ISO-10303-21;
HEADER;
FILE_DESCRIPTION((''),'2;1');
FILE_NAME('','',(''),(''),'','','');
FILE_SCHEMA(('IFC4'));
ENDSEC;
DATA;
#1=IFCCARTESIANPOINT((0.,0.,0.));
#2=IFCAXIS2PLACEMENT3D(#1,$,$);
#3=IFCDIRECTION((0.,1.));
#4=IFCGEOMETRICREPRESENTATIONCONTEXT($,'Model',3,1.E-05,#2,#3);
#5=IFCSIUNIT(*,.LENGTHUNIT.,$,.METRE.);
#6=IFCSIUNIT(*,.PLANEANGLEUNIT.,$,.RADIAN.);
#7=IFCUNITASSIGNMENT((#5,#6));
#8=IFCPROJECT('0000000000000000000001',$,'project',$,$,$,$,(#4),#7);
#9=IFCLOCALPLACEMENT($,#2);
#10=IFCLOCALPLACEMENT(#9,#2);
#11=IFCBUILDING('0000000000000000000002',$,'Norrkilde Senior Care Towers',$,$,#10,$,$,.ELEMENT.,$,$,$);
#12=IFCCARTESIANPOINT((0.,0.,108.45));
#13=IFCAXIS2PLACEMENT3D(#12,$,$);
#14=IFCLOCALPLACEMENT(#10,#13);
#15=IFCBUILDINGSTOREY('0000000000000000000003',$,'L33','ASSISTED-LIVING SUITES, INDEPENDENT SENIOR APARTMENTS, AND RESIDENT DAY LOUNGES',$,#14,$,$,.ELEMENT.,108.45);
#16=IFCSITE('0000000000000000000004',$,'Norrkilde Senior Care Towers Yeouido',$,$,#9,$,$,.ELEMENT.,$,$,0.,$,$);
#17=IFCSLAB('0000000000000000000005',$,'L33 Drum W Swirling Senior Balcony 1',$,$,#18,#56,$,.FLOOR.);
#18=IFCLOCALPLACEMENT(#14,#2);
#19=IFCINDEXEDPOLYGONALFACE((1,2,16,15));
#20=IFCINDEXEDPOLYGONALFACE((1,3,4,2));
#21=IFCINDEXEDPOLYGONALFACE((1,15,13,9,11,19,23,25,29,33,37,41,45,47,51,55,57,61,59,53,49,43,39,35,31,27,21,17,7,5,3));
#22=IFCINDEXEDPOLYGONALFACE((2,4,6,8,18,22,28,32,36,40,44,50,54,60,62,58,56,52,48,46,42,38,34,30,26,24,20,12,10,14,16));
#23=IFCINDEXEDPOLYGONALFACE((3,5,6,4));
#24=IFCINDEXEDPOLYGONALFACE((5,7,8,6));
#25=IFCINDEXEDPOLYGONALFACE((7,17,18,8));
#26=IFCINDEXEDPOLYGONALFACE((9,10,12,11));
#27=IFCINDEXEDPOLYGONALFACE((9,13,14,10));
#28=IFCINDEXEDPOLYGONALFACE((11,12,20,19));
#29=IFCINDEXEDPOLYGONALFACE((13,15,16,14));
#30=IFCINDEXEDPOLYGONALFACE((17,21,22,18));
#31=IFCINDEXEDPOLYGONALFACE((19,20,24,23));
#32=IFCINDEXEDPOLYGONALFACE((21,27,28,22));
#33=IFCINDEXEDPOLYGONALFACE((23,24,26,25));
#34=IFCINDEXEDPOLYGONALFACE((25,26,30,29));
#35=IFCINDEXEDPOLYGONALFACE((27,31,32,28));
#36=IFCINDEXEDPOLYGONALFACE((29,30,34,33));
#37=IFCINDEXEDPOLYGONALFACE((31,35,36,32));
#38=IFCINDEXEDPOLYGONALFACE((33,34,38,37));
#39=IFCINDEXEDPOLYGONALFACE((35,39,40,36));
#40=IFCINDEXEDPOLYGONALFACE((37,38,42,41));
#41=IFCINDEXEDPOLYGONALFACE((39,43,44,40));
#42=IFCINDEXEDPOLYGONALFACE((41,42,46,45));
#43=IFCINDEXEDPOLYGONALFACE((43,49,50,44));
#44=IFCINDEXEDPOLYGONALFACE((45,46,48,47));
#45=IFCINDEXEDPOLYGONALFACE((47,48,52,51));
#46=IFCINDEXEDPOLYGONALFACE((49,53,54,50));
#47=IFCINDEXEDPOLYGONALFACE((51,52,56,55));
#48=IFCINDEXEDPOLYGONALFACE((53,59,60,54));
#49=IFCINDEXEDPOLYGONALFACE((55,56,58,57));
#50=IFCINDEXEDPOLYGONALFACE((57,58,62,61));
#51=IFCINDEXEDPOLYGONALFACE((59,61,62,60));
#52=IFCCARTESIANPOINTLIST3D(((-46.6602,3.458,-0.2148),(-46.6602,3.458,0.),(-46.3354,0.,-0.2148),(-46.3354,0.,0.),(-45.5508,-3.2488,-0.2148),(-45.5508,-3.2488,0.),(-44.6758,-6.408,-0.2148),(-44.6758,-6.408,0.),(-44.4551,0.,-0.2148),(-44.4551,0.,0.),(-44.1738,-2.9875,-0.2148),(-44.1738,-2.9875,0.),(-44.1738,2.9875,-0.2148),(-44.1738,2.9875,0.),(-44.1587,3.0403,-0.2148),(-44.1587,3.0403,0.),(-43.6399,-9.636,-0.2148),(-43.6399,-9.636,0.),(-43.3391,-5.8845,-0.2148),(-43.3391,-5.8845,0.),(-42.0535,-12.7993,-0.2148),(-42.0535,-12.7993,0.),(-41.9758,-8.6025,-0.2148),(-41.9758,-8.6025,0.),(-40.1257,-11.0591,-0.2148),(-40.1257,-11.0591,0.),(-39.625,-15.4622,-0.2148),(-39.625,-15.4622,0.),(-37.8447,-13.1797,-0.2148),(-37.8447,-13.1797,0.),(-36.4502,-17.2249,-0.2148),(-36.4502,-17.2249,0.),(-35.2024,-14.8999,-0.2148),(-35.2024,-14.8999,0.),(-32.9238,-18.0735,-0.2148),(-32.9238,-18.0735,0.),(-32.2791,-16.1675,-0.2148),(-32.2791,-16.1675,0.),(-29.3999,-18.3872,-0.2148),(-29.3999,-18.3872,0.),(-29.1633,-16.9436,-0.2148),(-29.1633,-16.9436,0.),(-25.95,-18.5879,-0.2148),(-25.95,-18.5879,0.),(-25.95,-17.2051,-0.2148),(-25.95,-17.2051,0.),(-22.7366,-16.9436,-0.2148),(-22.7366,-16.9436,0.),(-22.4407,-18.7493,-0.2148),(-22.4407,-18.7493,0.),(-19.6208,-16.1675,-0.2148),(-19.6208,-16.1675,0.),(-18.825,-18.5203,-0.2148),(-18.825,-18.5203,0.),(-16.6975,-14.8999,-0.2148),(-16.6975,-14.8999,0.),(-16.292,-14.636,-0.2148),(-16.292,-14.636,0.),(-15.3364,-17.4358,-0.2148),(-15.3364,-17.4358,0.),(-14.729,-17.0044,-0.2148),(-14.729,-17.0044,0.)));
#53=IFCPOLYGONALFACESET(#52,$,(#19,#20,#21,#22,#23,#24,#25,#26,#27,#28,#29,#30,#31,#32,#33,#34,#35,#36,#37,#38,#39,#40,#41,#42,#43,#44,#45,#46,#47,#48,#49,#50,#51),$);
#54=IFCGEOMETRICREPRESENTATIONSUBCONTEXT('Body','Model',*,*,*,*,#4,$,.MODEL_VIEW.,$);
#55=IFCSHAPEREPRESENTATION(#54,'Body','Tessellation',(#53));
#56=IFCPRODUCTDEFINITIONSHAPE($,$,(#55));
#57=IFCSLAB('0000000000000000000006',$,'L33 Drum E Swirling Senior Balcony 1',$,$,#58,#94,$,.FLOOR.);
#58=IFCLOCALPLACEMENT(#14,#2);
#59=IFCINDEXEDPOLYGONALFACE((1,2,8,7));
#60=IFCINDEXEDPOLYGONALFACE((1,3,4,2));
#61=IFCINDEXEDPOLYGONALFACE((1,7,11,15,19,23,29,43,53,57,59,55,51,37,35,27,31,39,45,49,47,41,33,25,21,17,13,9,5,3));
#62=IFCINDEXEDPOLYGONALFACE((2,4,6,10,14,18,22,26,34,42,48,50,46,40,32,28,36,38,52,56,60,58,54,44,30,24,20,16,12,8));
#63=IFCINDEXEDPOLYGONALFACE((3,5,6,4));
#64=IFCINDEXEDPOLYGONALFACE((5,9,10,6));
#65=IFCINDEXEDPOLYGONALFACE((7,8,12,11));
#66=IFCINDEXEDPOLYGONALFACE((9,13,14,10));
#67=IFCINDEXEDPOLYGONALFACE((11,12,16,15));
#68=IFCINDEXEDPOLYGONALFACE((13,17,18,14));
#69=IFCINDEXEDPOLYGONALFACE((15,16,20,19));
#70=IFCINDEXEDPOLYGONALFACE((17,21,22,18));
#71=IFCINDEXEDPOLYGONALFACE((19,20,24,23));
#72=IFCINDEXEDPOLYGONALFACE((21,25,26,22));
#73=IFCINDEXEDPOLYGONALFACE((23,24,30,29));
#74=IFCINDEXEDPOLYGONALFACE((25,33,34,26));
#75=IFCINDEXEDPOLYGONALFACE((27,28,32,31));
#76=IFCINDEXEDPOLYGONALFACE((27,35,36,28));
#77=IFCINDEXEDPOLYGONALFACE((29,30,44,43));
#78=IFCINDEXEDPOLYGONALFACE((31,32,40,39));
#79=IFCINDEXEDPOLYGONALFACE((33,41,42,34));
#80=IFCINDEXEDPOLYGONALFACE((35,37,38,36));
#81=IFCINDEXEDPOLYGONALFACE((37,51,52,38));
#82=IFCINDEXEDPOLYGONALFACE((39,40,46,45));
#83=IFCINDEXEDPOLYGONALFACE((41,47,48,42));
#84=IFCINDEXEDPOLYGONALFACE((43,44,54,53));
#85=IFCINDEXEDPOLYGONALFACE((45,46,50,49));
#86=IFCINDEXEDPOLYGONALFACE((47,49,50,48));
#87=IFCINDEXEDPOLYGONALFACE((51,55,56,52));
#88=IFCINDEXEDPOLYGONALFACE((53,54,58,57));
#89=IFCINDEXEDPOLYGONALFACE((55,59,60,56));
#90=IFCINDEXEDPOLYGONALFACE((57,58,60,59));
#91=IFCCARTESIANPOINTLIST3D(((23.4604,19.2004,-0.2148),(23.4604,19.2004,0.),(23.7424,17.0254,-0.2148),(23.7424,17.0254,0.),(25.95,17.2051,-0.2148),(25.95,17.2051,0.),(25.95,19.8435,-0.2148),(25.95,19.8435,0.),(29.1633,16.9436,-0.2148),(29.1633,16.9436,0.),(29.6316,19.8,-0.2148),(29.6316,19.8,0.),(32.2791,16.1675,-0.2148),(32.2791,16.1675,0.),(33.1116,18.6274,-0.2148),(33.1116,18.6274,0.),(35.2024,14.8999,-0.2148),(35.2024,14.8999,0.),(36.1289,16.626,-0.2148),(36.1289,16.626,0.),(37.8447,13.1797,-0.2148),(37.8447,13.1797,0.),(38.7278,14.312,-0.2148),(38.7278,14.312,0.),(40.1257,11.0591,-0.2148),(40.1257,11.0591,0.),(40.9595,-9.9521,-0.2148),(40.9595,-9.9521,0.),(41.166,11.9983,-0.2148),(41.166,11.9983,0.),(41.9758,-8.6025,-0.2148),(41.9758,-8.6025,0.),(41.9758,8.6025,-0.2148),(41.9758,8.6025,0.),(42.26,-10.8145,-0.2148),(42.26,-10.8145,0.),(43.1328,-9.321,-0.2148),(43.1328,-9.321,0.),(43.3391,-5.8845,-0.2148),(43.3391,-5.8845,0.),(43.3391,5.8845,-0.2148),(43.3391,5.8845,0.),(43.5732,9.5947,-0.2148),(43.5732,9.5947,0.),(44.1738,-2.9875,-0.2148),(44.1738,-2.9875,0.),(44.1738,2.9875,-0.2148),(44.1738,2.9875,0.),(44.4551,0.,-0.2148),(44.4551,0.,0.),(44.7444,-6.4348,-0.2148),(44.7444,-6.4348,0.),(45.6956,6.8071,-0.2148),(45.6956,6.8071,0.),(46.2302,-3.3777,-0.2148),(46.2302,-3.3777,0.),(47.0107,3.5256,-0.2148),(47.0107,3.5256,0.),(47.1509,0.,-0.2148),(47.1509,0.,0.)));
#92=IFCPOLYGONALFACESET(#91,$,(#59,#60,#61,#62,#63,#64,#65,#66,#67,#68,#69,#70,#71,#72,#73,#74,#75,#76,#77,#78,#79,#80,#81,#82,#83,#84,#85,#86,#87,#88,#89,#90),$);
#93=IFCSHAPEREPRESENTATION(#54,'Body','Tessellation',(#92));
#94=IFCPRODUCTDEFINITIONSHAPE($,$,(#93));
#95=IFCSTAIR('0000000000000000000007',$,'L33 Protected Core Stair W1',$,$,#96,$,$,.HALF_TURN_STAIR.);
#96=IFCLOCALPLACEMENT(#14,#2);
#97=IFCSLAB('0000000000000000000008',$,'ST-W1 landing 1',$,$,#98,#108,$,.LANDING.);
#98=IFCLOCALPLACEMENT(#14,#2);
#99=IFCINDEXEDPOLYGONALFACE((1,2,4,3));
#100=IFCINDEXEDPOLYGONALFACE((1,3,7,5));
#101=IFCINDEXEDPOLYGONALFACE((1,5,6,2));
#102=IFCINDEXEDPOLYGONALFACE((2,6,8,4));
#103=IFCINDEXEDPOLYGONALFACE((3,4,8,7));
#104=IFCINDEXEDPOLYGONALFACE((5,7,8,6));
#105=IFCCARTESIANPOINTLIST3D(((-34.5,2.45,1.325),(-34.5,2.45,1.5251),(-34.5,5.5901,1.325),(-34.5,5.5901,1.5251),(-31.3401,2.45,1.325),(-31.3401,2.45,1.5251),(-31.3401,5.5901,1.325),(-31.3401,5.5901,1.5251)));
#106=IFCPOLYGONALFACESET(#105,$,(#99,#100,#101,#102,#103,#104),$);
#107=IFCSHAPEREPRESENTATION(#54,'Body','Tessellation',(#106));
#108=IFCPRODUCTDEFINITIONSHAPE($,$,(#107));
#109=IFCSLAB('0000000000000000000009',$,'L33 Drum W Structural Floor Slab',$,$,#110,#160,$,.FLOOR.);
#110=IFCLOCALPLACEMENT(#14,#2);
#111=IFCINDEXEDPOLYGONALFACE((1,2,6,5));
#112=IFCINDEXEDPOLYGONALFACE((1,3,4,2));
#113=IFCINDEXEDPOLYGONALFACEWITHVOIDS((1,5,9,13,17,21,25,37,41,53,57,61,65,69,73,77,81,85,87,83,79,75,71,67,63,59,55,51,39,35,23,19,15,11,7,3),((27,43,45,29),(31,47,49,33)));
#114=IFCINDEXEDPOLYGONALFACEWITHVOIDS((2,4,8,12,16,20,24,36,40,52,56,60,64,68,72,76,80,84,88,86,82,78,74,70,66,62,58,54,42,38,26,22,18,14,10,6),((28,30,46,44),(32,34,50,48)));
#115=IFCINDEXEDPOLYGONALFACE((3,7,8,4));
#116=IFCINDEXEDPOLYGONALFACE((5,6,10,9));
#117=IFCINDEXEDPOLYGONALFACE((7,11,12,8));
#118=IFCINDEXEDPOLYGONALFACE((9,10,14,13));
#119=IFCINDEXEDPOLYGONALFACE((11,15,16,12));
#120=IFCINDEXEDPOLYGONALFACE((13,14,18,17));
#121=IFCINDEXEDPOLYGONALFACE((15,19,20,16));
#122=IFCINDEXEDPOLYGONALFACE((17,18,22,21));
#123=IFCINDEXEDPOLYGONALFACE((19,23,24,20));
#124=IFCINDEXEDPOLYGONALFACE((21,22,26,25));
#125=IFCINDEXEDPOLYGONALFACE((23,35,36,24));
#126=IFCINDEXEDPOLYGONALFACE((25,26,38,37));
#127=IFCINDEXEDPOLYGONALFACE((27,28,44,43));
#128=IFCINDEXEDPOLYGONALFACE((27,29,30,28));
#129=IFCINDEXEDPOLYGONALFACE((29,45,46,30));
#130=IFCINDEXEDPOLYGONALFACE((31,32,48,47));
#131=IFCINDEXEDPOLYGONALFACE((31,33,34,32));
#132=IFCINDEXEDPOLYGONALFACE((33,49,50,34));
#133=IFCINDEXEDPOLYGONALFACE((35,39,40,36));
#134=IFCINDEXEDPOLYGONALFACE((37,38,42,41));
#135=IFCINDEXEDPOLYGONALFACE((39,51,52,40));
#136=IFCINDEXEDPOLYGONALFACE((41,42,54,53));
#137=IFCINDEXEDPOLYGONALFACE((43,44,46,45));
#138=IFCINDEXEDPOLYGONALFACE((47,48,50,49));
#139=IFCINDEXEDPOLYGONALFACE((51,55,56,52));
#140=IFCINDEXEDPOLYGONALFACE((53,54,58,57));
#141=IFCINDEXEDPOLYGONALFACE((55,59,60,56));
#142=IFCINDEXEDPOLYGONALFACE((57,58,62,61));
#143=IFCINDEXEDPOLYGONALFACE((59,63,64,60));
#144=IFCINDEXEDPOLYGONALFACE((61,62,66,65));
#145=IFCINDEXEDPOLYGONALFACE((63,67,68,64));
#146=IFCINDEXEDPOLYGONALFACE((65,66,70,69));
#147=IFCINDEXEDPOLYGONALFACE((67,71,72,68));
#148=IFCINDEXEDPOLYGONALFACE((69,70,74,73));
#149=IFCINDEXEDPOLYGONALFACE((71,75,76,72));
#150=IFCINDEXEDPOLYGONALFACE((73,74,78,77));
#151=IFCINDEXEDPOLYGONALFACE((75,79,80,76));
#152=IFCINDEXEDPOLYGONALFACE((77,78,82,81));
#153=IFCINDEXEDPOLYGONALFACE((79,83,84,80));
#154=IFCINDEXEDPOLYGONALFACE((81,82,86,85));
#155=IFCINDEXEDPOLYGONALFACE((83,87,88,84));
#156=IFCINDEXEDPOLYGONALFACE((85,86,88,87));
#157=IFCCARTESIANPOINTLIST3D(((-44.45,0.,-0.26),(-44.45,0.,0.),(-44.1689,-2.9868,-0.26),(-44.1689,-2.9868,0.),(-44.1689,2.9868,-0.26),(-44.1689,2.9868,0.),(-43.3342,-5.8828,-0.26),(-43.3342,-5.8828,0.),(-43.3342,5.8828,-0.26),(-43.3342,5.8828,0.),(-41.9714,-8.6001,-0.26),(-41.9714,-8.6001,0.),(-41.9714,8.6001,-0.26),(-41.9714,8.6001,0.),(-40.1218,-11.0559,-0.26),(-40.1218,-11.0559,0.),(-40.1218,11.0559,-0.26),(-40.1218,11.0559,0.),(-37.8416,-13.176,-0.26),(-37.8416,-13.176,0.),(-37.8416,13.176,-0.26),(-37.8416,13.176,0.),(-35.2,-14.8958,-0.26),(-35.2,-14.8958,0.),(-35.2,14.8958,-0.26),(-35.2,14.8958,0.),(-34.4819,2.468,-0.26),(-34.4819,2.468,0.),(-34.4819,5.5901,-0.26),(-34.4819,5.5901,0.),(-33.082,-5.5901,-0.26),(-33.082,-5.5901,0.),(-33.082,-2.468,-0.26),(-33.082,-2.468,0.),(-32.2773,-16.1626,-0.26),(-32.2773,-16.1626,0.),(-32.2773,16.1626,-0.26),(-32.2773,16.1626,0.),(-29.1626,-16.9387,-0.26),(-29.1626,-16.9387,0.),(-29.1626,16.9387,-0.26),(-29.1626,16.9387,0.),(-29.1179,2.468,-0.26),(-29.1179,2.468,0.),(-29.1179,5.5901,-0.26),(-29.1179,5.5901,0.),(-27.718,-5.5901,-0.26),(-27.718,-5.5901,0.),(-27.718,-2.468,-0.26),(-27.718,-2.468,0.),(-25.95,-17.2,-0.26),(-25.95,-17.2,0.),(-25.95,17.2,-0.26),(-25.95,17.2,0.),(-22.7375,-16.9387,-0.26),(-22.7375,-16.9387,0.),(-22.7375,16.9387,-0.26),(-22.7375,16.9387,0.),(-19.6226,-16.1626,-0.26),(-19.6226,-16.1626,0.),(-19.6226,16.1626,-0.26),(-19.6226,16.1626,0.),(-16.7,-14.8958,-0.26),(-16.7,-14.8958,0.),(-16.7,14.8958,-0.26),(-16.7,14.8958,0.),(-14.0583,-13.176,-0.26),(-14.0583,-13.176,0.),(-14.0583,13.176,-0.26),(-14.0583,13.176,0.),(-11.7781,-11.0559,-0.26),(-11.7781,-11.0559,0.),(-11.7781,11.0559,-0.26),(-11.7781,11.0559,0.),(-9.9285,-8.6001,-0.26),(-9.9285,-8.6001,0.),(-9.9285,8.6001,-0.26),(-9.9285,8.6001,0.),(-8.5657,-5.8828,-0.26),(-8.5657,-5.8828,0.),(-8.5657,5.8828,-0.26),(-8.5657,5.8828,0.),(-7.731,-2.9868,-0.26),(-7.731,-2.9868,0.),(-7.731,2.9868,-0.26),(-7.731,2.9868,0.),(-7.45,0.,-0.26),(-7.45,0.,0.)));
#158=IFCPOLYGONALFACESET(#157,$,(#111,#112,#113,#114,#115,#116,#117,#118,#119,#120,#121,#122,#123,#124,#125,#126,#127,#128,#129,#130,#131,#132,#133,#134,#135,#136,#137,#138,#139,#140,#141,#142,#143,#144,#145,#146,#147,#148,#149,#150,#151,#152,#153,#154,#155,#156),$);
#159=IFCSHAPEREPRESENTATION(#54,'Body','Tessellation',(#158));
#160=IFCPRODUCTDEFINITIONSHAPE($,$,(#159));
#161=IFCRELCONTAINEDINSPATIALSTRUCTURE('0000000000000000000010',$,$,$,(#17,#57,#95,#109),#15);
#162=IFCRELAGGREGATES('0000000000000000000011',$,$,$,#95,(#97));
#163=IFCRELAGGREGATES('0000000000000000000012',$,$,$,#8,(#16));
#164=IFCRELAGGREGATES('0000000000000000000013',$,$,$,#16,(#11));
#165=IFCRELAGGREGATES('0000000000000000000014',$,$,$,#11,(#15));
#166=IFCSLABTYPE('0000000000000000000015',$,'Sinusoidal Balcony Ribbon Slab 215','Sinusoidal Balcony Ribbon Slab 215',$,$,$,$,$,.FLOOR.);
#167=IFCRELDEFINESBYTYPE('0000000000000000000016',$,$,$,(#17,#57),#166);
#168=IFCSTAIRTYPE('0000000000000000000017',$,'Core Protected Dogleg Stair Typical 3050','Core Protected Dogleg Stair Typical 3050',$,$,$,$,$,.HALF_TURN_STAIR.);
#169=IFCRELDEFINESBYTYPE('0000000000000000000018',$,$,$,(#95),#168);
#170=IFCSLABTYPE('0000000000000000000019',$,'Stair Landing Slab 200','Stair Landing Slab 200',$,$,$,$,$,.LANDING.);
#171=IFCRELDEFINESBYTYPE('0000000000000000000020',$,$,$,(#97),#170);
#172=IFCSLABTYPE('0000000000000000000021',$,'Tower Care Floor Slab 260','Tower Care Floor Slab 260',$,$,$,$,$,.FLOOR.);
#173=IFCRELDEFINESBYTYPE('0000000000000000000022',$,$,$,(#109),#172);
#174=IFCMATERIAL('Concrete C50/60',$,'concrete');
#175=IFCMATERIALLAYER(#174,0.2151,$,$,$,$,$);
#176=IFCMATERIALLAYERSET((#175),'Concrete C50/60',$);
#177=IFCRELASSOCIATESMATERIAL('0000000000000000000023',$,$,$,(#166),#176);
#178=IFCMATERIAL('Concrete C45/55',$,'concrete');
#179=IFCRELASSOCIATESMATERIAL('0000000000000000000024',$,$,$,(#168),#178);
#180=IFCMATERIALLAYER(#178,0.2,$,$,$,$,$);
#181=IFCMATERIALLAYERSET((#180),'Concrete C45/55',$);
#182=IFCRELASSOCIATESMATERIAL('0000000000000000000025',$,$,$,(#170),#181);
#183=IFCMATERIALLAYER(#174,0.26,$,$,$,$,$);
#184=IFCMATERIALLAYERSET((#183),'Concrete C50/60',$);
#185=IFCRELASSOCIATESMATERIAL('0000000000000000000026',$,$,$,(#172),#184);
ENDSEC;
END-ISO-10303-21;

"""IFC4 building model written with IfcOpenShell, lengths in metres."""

from ifc_helpers import new_model, si_unit, direction, frame, origin, place, context, subcontext, project, spatial, polyline, outline, extrude, material, layer, layer_set, type_object, element, aggregate, save


model = new_model("IFC4")

# Units and contexts
model_context = context("Model", 3, precision=1e-05, world=origin(), true_north=direction((0.0, 1.0)))
body_context = subcontext(model_context, "Body", "Model", "MODEL_VIEW")
ifc_project = project(units=[si_unit("LENGTHUNIT", "METRE"), si_unit("PLANEANGLEUNIT", "RADIAN")], contexts=[model_context])

# Site, building, storey
site_placement = place(None, origin())
site = spatial("IfcSite", under=ifc_project, at=site_placement, Name="Norrkilde Senior Care Towers Yeouido", CompositionType="ELEMENT", RefElevation=0.0)
building_placement = place(site_placement, origin())
building = spatial("IfcBuilding", under=site, at=building_placement, Name="Norrkilde Senior Care Towers", CompositionType="ELEMENT")
storey_placement = place(building_placement, frame((0.0, 0.0, 108.45)))
storey = spatial("IfcBuildingStorey", under=building, at=storey_placement, Name="L33", Description="ASSISTED-LIVING SUITES, INDEPENDENT SENIOR APARTMENTS, AND RESIDENT DAY LOUNGES", CompositionType="ELEMENT", Elevation=108.45)

# Slabs
ifc_material_1 = material(Name="Concrete C50/60", Category="concrete")
ifc_layer_1 = layer(ifc_material_1, 0.2151)
ifc_layer_set_1 = layer_set([ifc_layer_1], Name="Concrete C50/60")
slab_type_1 = type_object("IfcSlabType", Name="Sinusoidal Balcony Ribbon Slab 215", Description="Sinusoidal Balcony Ribbon Slab 215", PredefinedType="FLOOR", material=ifc_layer_set_1)
slab_1_placement = place(storey_placement, frame((0.0, 0.0, -0.2148)))
element("IfcSlab", 1, at=slab_1_placement, inside=storey, type_object=slab_type_1, Name="L33 Drum W Swirling Senior Balcony 1", PredefinedType="FLOOR", context=body_context, shape_type="SweptSolid", body=[
    extrude(outline(polyline([(-18.825, -18.5203), (-22.4407, -18.7493), (-25.95, -18.5879), (-29.3999, -18.3872), (-32.9238, -18.0735), (-36.4502, -17.2249), (-39.625, -15.4622), (-42.0535, -12.7993), (-43.6399, -9.636), (-44.6758, -6.408), (-45.5508, -3.2488), (-46.3354, 0.0), (-46.6602, 3.458), (-44.1587, 3.0403), (-44.1738, 2.9875), (-44.4551, 0.0), (-44.1738, -2.9875), (-43.3391, -5.8845), (-41.9758, -8.6025), (-40.1257, -11.0591), (-37.8447, -13.1797), (-35.2024, -14.8999), (-32.2791, -16.1675), (-29.1633, -16.9436), (-25.95, -17.2051), (-22.7366, -16.9436), (-19.6208, -16.1675), (-16.6975, -14.8999), (-16.292, -14.636), (-14.729, -17.0044), (-15.3364, -17.4358), (-18.825, -18.5203)])), origin(), (0.0, 0.0, 1.0), 0.2148),
])
slab_2_placement = place(storey_placement, frame((0.0, 0.0, -0.2148)))
element("IfcSlab", 2, at=slab_2_placement, inside=storey, type_object=slab_type_1, Name="L33 Drum E Swirling Senior Balcony 1", PredefinedType="FLOOR", context=body_context, shape_type="SweptSolid", body=[
    extrude(outline(polyline([(43.1328, -9.321), (42.26, -10.8145), (40.9595, -9.9521), (41.9758, -8.6025), (43.3391, -5.8845), (44.1738, -2.9875), (44.4551, 0.0), (44.1738, 2.9875), (43.3391, 5.8845), (41.9758, 8.6025), (40.1257, 11.0591), (37.8447, 13.1797), (35.2024, 14.8999), (32.2791, 16.1675), (29.1633, 16.9436), (25.95, 17.2051), (23.7424, 17.0254), (23.4604, 19.2004), (25.95, 19.8435), (29.6316, 19.8), (33.1116, 18.6274), (36.1289, 16.626), (38.7278, 14.312), (41.166, 11.9983), (43.5732, 9.5947), (45.6956, 6.8071), (47.0107, 3.5256), (47.1509, 0.0), (46.2302, -3.3777), (44.7444, -6.4348), (43.1328, -9.321)])), origin(), (0.0, 0.0, 1.0), 0.2148),
])

# Stair, slab
ifc_material_2 = material(Name="Concrete C45/55", Category="concrete")
stair_type = type_object("IfcStairType", Name="Core Protected Dogleg Stair Typical 3050", Description="Core Protected Dogleg Stair Typical 3050", PredefinedType="HALF_TURN_STAIR", material=ifc_material_2)
stair_placement = place(storey_placement, origin())
stair = element("IfcStair", 3, at=stair_placement, inside=storey, type_object=stair_type, Name="L33 Protected Core Stair W1", PredefinedType="HALF_TURN_STAIR")
ifc_layer_2 = layer(ifc_material_2, 0.2)
ifc_layer_set_2 = layer_set([ifc_layer_2], Name="Concrete C45/55")
slab_type_2 = type_object("IfcSlabType", Name="Stair Landing Slab 200", Description="Stair Landing Slab 200", PredefinedType="LANDING", material=ifc_layer_set_2)
slab_3_placement = place(storey_placement, frame((0.0, 0.0, 1.325)))
slab_3 = element("IfcSlab", 4, at=slab_3_placement, type_object=slab_type_2, Name="ST-W1 landing 1", PredefinedType="LANDING", context=body_context, shape_type="SweptSolid", body=[
    extrude(outline(polyline([(-31.3401, 5.5901), (-34.5, 5.5901), (-34.5, 2.45), (-31.3401, 2.45), (-31.3401, 5.5901)])), origin(), (0.0, 0.0, 1.0), 0.2002),
])
aggregate(stair, [slab_3])

# Slab
ifc_layer_3 = layer(ifc_material_1, 0.26)
ifc_layer_set_3 = layer_set([ifc_layer_3], Name="Concrete C50/60")
slab_type_3 = type_object("IfcSlabType", Name="Tower Care Floor Slab 260", Description="Tower Care Floor Slab 260", PredefinedType="FLOOR", material=ifc_layer_set_3)
slab_4_placement = place(storey_placement, frame((0.0, 0.0, -0.26)))
element("IfcSlab", 5, at=slab_4_placement, inside=storey, type_object=slab_type_3, Name="L33 Drum W Structural Floor Slab", PredefinedType="FLOOR", context=body_context, shape_type="SweptSolid", body=[
    extrude(outline(polyline([(-8.5657, -5.8828), (-9.9285, -8.6001), (-11.7781, -11.0559), (-14.0583, -13.176), (-16.7, -14.8958), (-19.6226, -16.1626), (-22.7375, -16.9387), (-25.95, -17.2), (-29.1626, -16.9387), (-32.2773, -16.1626), (-35.2, -14.8958), (-37.8416, -13.176), (-40.1218, -11.0559), (-41.9714, -8.6001), (-43.3342, -5.8828), (-44.1689, -2.9868), (-44.45, 0.0), (-44.1689, 2.9868), (-43.3342, 5.8828), (-41.9714, 8.6001), (-40.1218, 11.0559), (-37.8416, 13.176), (-35.2, 14.8958), (-32.2773, 16.1626), (-29.1626, 16.9387), (-25.95, 17.2), (-22.7375, 16.9387), (-19.6226, 16.1626), (-16.7, 14.8958), (-14.0583, 13.176), (-11.7781, 11.0559), (-9.9285, 8.6001), (-8.5657, 5.8828), (-7.731, 2.9868), (-7.45, 0.0), (-7.731, -2.9868), (-8.5657, -5.8828)]), holes=[polyline([(-34.4819, 2.468), (-29.1179, 2.468), (-29.1179, 5.5901), (-34.4819, 5.5901), (-34.4819, 2.468)]), polyline([(-27.718, -5.5901), (-27.718, -2.468), (-33.082, -2.468), (-33.082, -5.5901), (-27.718, -5.5901)])]), origin(), (0.0, 0.0, 1.0), 0.26),
])

save(model, "model.ifc")
